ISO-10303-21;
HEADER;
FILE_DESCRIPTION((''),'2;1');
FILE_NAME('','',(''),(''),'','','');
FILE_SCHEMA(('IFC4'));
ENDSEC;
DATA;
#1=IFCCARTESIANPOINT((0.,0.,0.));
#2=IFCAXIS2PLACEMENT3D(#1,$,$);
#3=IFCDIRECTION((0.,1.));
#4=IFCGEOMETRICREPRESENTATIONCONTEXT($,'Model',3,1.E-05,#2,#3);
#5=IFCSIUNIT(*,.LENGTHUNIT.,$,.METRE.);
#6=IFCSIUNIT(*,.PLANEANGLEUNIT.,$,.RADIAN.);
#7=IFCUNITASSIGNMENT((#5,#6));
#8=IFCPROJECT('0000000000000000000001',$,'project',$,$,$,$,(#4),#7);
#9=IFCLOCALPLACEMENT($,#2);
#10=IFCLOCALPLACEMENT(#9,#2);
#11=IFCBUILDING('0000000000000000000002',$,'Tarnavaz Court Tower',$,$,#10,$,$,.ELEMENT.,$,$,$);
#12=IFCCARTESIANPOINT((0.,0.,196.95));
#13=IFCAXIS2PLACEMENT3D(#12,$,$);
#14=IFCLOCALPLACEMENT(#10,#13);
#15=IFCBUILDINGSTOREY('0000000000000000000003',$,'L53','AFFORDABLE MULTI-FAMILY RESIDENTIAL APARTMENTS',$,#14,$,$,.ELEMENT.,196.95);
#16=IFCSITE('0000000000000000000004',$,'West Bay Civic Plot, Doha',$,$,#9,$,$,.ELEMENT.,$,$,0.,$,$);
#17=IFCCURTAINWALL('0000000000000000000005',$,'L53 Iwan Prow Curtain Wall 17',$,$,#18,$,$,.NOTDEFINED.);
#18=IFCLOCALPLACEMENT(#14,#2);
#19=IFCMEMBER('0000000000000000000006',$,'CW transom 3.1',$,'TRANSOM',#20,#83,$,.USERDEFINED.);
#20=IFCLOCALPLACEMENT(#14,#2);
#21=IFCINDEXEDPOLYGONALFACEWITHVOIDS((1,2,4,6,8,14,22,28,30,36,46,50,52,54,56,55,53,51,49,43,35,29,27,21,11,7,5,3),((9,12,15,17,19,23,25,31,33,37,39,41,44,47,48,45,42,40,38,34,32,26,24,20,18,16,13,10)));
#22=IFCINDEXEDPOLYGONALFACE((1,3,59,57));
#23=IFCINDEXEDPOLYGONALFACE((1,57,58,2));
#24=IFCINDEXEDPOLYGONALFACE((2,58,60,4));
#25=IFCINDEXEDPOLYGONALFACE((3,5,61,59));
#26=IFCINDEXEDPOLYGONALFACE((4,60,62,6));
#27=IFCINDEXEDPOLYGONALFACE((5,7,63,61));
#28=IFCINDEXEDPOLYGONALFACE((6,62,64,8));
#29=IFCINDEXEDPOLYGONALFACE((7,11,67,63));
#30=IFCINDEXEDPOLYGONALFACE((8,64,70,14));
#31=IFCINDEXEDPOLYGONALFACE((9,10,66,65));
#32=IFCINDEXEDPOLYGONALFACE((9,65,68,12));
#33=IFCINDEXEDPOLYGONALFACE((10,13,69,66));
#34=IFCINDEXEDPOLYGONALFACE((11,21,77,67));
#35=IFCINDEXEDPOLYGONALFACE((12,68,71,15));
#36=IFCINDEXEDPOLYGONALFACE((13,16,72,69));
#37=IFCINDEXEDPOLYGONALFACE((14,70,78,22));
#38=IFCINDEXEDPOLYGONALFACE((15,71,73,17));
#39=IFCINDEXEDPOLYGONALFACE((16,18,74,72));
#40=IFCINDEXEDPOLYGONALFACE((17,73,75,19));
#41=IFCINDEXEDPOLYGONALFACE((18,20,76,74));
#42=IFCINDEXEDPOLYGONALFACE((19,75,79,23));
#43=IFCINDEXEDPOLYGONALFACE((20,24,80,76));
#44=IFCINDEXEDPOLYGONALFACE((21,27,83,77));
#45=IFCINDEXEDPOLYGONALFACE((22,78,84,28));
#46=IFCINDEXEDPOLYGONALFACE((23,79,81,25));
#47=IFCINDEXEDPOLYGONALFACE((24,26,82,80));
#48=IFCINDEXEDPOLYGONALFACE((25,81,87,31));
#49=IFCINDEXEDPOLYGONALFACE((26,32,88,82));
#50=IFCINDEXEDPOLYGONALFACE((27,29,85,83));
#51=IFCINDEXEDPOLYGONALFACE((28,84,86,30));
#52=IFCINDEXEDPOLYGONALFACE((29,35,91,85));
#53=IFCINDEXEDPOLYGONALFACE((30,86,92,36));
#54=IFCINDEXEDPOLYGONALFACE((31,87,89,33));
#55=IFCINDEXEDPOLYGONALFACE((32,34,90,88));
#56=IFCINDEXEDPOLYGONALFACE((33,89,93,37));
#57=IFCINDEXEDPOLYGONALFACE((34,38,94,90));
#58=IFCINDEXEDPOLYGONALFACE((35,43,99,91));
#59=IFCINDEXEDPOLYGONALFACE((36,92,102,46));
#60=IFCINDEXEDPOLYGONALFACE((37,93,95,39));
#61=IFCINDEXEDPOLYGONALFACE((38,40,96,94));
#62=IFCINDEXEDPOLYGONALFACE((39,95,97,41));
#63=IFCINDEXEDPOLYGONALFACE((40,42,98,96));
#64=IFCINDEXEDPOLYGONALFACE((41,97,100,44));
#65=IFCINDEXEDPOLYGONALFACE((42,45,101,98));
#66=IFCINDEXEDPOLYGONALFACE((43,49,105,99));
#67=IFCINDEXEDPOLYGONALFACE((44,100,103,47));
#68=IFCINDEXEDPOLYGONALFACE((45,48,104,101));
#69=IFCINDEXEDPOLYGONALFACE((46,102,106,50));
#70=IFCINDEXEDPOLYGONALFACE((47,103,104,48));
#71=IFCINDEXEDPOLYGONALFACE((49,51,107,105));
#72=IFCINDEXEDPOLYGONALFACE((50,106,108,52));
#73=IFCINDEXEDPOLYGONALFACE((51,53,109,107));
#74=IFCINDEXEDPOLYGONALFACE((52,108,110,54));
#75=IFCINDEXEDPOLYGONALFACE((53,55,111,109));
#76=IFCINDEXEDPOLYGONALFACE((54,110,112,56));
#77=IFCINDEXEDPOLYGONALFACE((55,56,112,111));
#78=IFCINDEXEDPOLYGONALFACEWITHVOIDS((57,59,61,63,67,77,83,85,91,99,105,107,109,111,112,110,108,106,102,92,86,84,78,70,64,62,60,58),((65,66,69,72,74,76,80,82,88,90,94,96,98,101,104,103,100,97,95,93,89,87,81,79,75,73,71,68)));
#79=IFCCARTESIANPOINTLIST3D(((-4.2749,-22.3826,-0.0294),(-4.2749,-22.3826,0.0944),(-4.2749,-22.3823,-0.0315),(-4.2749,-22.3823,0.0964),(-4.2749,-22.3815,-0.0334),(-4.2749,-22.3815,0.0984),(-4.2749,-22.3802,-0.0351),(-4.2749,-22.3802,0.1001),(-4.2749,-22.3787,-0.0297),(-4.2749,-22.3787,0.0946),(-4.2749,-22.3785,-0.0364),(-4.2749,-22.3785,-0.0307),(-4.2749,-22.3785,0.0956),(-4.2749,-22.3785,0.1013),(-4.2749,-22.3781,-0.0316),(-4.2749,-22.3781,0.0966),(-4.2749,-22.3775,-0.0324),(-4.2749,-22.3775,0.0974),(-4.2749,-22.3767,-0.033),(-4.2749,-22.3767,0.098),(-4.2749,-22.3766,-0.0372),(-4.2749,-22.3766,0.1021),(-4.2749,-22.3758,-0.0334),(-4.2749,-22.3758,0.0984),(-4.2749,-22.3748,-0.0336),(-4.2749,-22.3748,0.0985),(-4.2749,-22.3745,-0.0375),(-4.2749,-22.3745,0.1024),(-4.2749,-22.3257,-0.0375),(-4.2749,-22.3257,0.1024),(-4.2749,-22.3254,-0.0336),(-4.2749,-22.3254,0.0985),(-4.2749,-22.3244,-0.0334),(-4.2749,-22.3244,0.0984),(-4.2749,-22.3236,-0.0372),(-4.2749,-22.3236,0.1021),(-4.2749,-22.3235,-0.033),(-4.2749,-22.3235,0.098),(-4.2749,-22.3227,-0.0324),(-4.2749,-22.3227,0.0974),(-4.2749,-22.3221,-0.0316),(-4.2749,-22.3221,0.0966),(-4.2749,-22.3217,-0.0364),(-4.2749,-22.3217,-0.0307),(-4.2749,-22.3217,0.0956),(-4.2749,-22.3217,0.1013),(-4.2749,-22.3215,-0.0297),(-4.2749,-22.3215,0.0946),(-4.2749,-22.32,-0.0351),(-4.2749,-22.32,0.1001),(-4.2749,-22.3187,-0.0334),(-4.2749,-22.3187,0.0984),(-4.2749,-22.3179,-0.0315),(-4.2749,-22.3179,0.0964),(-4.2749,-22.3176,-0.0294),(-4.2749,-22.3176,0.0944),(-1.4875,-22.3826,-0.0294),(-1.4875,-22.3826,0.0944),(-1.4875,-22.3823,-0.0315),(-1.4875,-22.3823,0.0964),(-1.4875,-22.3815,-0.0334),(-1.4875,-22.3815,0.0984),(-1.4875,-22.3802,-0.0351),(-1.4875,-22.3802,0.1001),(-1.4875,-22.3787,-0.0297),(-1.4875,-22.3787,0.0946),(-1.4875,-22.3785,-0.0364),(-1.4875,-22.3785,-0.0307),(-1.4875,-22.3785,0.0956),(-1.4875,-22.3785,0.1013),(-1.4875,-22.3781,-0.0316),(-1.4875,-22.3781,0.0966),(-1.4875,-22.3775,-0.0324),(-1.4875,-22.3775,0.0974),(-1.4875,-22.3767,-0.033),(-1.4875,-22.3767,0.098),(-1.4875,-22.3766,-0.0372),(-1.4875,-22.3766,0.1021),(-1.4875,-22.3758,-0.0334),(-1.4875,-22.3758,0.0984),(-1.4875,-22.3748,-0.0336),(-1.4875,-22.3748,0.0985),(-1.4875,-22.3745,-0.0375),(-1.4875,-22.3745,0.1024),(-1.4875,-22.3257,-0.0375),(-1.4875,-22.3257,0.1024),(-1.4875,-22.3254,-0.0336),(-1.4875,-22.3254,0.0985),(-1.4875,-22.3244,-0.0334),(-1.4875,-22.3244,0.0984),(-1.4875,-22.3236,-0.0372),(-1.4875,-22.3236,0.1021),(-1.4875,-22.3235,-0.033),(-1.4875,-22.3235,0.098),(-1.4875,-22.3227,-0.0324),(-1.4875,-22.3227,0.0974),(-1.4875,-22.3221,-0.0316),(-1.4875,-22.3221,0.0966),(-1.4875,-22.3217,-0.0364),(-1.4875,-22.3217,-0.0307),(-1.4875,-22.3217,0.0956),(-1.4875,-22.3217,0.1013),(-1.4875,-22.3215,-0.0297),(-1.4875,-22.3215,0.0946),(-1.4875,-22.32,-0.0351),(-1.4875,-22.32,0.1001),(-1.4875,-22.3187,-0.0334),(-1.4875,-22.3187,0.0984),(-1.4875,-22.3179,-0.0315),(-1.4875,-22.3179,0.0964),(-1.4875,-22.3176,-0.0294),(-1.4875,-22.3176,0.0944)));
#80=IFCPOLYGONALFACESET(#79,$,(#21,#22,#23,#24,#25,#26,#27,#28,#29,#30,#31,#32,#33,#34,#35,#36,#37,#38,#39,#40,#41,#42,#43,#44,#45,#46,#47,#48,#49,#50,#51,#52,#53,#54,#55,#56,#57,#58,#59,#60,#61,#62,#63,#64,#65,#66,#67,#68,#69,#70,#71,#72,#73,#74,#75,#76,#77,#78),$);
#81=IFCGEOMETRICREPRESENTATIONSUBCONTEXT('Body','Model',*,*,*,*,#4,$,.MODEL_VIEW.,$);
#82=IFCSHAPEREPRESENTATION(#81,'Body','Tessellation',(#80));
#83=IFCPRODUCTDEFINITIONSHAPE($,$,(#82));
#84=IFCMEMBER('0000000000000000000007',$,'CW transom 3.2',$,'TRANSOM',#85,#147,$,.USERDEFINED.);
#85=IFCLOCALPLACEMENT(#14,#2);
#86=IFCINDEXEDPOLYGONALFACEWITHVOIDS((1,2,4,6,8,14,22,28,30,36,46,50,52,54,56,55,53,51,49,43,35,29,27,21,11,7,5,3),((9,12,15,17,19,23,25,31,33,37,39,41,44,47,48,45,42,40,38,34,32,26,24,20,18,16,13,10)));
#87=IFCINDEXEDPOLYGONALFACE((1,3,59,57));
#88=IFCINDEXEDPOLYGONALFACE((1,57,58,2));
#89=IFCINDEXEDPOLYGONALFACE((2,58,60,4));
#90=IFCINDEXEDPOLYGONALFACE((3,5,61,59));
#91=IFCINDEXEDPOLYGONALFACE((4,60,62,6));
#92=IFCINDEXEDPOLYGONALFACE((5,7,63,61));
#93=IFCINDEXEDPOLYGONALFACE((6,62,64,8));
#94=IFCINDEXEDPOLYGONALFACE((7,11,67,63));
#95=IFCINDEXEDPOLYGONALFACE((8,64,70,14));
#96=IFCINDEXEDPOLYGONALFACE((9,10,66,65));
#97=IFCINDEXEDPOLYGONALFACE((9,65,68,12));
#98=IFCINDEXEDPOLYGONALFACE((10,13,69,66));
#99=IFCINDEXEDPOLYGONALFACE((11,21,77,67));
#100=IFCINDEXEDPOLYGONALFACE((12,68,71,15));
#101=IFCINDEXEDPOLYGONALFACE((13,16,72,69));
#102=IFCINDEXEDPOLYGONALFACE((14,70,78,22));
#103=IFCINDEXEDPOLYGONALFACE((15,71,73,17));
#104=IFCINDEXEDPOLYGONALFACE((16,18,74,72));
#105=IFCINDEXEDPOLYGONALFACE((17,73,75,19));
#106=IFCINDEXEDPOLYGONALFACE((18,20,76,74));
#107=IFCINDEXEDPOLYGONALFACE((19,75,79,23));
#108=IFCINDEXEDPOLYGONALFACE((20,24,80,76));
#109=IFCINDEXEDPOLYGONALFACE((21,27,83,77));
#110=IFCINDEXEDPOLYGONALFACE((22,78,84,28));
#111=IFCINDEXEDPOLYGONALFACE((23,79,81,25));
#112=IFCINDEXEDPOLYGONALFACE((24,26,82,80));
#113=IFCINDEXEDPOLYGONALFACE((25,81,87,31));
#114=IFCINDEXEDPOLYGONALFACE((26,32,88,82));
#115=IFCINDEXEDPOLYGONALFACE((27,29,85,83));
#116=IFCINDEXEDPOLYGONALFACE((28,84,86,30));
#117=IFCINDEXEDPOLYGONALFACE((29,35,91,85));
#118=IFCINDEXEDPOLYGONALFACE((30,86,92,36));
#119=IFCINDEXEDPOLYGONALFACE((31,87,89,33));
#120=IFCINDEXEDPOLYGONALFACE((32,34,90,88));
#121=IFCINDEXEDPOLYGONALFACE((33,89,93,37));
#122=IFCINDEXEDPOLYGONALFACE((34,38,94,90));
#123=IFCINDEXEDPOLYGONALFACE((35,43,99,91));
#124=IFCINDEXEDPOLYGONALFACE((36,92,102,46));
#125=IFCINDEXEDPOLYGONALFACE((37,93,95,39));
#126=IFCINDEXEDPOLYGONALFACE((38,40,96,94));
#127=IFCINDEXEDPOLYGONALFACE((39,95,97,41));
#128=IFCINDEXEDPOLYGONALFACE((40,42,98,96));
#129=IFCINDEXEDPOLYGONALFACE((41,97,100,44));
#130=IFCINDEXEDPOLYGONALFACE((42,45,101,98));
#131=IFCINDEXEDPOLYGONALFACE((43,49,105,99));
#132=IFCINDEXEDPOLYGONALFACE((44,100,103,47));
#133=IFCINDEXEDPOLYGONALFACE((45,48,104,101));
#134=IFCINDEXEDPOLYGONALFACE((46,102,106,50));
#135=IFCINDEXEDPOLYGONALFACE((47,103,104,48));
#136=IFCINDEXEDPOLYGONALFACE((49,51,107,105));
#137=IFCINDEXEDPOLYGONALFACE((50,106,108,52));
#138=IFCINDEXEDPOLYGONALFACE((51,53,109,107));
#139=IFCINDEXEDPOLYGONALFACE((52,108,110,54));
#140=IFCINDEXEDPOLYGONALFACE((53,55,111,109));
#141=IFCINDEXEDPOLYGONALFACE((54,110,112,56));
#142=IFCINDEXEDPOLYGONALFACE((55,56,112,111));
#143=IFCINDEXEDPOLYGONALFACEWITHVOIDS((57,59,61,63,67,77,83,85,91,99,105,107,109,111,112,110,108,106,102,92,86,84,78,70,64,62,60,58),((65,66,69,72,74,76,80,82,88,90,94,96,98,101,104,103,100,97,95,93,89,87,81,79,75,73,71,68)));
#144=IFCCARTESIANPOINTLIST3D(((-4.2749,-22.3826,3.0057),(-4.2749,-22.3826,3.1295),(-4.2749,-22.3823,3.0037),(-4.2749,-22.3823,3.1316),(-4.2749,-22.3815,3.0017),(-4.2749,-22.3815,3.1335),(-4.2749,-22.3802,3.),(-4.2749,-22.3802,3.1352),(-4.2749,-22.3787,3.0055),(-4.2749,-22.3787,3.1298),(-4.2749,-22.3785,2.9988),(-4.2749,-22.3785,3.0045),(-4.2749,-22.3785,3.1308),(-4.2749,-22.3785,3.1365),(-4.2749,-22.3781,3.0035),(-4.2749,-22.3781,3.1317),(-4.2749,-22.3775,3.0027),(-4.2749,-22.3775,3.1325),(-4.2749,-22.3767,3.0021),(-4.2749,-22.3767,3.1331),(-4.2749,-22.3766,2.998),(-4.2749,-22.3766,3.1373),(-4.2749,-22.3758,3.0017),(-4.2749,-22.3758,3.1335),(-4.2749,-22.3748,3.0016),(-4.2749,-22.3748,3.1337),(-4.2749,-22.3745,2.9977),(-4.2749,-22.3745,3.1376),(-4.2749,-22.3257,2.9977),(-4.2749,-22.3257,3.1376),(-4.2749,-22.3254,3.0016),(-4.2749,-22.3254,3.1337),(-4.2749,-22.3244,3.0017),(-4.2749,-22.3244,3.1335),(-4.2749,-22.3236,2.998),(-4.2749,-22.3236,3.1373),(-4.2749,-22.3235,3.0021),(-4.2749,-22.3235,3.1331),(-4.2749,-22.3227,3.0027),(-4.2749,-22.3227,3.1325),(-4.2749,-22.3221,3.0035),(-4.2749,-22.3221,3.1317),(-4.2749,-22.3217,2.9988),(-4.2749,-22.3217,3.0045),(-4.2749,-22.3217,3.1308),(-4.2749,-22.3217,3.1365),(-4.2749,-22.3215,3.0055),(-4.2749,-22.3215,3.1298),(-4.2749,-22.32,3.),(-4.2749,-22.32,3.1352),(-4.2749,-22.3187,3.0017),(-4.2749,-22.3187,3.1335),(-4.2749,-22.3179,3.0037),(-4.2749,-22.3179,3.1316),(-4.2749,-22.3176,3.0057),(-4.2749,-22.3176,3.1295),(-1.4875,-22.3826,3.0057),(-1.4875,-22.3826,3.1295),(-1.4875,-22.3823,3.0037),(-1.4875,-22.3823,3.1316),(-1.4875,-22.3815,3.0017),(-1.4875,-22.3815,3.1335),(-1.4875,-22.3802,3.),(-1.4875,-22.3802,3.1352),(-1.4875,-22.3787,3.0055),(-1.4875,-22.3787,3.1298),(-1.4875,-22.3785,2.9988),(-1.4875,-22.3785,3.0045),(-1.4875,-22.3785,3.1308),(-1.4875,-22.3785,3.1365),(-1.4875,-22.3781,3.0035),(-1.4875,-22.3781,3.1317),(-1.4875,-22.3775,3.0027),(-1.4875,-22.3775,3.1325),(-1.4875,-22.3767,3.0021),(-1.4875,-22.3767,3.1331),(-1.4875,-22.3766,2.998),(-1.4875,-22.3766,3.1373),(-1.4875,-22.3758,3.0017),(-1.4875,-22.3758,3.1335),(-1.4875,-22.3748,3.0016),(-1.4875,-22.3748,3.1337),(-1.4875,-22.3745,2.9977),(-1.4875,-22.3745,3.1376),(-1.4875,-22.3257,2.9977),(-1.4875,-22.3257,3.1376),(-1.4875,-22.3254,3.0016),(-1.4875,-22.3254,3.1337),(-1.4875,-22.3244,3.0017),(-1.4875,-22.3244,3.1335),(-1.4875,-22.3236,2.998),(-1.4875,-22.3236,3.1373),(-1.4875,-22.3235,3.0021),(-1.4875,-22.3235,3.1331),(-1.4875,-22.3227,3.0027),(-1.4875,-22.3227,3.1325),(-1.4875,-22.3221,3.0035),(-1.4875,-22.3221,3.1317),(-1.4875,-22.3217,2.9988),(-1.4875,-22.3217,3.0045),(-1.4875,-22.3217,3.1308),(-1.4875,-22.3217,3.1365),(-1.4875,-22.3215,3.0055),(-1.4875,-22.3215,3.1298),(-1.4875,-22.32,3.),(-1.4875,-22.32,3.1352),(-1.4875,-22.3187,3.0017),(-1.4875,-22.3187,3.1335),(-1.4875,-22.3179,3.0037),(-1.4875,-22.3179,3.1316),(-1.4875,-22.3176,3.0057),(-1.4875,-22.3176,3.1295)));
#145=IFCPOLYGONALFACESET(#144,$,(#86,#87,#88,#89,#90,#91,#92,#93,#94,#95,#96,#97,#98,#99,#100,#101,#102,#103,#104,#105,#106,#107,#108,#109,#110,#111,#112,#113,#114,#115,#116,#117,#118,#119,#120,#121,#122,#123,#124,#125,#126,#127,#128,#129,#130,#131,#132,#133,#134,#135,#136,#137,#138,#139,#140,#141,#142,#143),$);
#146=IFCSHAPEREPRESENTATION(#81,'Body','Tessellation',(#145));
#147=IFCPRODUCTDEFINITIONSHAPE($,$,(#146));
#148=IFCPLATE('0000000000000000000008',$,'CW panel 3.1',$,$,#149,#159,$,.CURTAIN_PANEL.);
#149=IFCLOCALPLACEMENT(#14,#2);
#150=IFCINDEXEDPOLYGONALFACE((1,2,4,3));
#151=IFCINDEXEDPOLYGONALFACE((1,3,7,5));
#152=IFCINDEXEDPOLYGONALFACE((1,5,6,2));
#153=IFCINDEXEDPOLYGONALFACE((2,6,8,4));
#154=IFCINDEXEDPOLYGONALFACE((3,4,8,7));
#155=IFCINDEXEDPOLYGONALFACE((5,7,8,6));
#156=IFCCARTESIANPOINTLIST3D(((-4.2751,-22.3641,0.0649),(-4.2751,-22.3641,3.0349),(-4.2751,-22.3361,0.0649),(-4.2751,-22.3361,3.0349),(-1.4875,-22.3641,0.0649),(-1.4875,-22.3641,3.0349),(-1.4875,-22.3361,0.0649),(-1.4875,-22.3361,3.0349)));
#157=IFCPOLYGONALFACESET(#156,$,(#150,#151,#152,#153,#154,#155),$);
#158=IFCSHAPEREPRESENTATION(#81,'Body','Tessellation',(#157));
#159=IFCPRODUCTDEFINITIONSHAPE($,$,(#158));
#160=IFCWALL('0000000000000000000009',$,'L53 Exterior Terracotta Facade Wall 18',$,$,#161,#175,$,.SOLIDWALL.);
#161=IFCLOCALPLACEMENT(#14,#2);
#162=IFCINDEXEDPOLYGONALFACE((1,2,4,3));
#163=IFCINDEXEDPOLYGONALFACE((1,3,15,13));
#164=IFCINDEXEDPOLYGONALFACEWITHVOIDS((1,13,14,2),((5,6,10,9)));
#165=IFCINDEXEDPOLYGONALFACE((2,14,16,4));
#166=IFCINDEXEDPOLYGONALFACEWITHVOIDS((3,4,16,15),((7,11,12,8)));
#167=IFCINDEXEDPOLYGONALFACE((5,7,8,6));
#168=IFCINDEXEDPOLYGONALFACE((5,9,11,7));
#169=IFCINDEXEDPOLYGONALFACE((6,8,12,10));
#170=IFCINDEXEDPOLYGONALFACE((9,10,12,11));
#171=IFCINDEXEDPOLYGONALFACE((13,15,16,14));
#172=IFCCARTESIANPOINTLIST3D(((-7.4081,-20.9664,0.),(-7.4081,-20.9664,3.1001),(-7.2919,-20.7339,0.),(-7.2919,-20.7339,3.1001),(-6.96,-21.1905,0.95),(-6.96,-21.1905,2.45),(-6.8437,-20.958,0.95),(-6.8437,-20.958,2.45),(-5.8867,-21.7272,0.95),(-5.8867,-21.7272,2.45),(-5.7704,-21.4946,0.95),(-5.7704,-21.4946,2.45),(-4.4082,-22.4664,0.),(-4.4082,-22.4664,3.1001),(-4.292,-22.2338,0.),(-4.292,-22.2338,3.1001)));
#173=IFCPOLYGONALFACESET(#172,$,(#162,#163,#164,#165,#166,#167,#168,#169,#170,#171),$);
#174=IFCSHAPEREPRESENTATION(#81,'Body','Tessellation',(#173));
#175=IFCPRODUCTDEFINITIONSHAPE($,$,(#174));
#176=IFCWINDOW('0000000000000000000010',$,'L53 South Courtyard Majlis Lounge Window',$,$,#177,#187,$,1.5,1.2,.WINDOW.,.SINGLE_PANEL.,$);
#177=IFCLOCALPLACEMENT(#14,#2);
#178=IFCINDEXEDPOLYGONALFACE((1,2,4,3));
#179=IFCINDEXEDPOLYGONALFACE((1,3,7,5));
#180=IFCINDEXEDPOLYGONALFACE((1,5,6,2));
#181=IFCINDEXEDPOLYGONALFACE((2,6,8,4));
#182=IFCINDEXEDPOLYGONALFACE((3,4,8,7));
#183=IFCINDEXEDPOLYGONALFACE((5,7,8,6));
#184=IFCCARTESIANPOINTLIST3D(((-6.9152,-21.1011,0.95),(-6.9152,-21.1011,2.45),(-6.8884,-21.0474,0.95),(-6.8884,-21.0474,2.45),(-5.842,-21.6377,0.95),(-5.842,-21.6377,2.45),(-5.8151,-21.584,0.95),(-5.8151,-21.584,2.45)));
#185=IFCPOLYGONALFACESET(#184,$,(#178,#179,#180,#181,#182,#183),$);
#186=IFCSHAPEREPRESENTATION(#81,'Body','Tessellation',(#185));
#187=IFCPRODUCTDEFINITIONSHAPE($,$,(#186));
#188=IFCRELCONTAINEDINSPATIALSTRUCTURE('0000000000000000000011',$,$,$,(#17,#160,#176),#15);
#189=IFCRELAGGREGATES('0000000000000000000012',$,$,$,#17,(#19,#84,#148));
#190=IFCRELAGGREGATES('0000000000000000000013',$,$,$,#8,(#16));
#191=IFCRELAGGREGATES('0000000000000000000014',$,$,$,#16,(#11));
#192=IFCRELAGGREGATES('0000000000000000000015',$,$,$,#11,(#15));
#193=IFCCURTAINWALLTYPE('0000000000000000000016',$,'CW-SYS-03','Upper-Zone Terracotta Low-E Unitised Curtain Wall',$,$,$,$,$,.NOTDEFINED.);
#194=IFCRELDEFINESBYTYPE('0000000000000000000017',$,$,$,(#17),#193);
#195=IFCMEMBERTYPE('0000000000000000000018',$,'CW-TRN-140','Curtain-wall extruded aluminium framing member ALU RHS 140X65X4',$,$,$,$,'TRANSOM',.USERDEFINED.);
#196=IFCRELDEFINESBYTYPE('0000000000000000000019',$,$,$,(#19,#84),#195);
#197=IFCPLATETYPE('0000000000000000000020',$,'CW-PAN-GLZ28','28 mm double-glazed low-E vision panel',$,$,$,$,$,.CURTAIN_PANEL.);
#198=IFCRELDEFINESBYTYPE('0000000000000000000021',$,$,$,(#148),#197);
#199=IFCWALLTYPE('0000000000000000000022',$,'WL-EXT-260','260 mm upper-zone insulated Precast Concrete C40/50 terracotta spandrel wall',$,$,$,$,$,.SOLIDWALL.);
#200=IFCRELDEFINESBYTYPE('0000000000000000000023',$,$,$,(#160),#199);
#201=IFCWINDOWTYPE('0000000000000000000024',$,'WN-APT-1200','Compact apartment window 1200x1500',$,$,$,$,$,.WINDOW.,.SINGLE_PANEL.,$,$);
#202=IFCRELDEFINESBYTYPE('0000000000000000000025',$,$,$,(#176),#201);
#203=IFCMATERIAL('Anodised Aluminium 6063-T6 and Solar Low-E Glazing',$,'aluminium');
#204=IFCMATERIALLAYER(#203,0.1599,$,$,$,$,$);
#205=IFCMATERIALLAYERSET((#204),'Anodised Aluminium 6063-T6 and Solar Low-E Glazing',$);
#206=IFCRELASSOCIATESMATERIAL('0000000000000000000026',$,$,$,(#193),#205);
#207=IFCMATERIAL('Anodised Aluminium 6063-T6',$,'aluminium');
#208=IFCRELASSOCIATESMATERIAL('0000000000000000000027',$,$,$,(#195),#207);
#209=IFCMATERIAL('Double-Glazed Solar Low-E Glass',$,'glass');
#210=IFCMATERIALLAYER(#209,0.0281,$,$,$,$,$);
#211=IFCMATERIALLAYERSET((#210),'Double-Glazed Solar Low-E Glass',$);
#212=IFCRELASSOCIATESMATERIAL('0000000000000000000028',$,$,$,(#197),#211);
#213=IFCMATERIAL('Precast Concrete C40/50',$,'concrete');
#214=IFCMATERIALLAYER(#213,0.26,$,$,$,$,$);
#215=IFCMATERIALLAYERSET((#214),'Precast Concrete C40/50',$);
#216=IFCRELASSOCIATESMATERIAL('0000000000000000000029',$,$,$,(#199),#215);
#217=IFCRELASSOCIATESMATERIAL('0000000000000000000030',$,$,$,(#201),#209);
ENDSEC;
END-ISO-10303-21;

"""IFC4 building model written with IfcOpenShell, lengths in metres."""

from ifc_helpers import new_model, si_unit, direction, frame, frame_2d, origin, origin_2d, place, context, subcontext, project, spatial, rectangle, hollow_rectangle, extrude, material, layer, layer_set, material_profile, profile_set, type_object, element, fill, aggregate, save


model = new_model("IFC4")

# Units and contexts
model_context = context("Model", 3, precision=1e-05, world=origin(), true_north=direction((0.0, 1.0)))
body_context = subcontext(model_context, "Body", "Model", "MODEL_VIEW")
ifc_project = project(units=[si_unit("LENGTHUNIT", "METRE"), si_unit("PLANEANGLEUNIT", "RADIAN")], contexts=[model_context])

# Site, building, storey
site_placement = place(None, origin())
site = spatial("IfcSite", under=ifc_project, at=site_placement, Name="West Bay Civic Plot, Doha", CompositionType="ELEMENT", RefElevation=0.0)
building_placement = place(site_placement, origin())
building = spatial("IfcBuilding", under=site, at=building_placement, Name="Tarnavaz Court Tower", CompositionType="ELEMENT")
storey_placement = place(building_placement, frame((0.0, 0.0, 196.95)))
storey = spatial("IfcBuildingStorey", under=building, at=storey_placement, Name="L53", Description="AFFORDABLE MULTI-FAMILY RESIDENTIAL APARTMENTS", CompositionType="ELEMENT", Elevation=196.95)

# Curtain wall, members, plate
ifc_material_1 = material(Name="Anodised Aluminium 6063-T6 and Solar Low-E Glazing", Category="aluminium")
ifc_layer_1 = layer(ifc_material_1, 0.1599)
ifc_layer_set_1 = layer_set([ifc_layer_1], Name="Anodised Aluminium 6063-T6 and Solar Low-E Glazing")
curtain_wall_type = type_object("IfcCurtainWallType", Name="CW-SYS-03", Description="Upper-Zone Terracotta Low-E Unitised Curtain Wall", PredefinedType="NOTDEFINED", material=ifc_layer_set_1)
curtain_wall_placement = place(storey_placement, origin())
curtain_wall = element("IfcCurtainWall", 1, at=curtain_wall_placement, inside=storey, type_object=curtain_wall_type, Name="L53 Iwan Prow Curtain Wall 17", PredefinedType="NOTDEFINED")
ifc_material_2 = material(Name="Anodised Aluminium 6063-T6", Category="aluminium")
ifc_material_profile_1 = material_profile(ifc_material_2, hollow_rectangle(XDim=0.0649, YDim=0.1399, WallThickness=0.0039, InnerFilletRadius=0.0039, OuterFilletRadius=0.0081, at=origin_2d()), Name="ALU RHS 140X65X4")
ifc_profile_set_1 = profile_set([ifc_material_profile_1], Name="Anodised Aluminium 6063-T6")
member_type_1 = type_object("IfcMemberType", Name="CW-TRN-140", Description="Curtain-wall extruded aluminium framing member ALU RHS 140X65X4", ElementType="TRANSOM", PredefinedType="USERDEFINED", material=ifc_profile_set_1)
member_1_placement = place(storey_placement, frame((-1.4875, -22.3501, 0.0325), z_axis=(-1.0, 0.0, 0.0), x_axis=(0.0, -1.0, 0.0)))
member_1 = element("IfcMember", 2, at=member_1_placement, type_object=member_type_1, Name="CW transom 3.1", ObjectType="TRANSOM", PredefinedType="USERDEFINED", context=body_context, shape_type="SweptSolid", body=[
    extrude(hollow_rectangle(XDim=0.0649, YDim=0.1399, WallThickness=0.0039, InnerFilletRadius=0.0039, OuterFilletRadius=0.0081, at=origin_2d()), origin(), (0.0, 0.0, 1.0), 2.7874),
])
member_2_placement = place(storey_placement, frame((-1.4875, -22.3501, 3.0676), z_axis=(-1.0, 0.0, 0.0), x_axis=(0.0, -1.0, 0.0)))
member_2 = element("IfcMember", 3, at=member_2_placement, type_object=member_type_1, Name="CW transom 3.2", ObjectType="TRANSOM", PredefinedType="USERDEFINED", context=body_context, shape_type="SweptSolid", body=[
    extrude(hollow_rectangle(XDim=0.0649, YDim=0.1399, WallThickness=0.0039, InnerFilletRadius=0.0039, OuterFilletRadius=0.0081, at=origin_2d()), origin(), (0.0, 0.0, 1.0), 2.7874),
])
ifc_material_3 = material(Name="Double-Glazed Solar Low-E Glass", Category="glass")
ifc_layer_2 = layer(ifc_material_3, 0.0281)
ifc_layer_set_2 = layer_set([ifc_layer_2], Name="Double-Glazed Solar Low-E Glass")
plate_type = type_object("IfcPlateType", Name="CW-PAN-GLZ28", Description="28 mm double-glazed low-E vision panel", PredefinedType="CURTAIN_PANEL", material=ifc_layer_set_2)
plate_placement = place(storey_placement, frame((-2.8813, -22.3501, 0.0649), z_axis=(0.0, 0.0, 1.0), x_axis=(-1.0, 0.0, 0.0)))
plate = element("IfcPlate", 4, at=plate_placement, type_object=plate_type, Name="CW panel 3.1", PredefinedType="CURTAIN_PANEL", context=body_context, shape_type="SweptSolid", body=[
    extrude(rectangle(XDim=2.7876, YDim=0.0281, at=origin_2d()), origin(), (0.0, 0.0, 1.0), 2.97),
])
aggregate(curtain_wall, [member_1, member_2, plate])

# Wall, opening, window
ifc_material_4 = material(Name="Precast Concrete C40/50", Category="concrete")
ifc_layer_3 = layer(ifc_material_4, 0.26)
ifc_layer_set_3 = layer_set([ifc_layer_3], Name="Precast Concrete C40/50")
wall_type_1 = type_object("IfcWallType", Name="WL-EXT-260", Description="260 mm upper-zone insulated Precast Concrete C40/50 terracotta spandrel wall", PredefinedType="SOLIDWALL", material=ifc_layer_set_3)
wall_1_placement = place(storey_placement, frame((-4.3501, -22.3501, 0.0), z_axis=(0.0, 0.0, 1.0), x_axis=(-0.894427, 0.447214, 0.0)))
wall_1 = element("IfcWall", 5, at=wall_1_placement, inside=storey, type_object=wall_type_1, Name="L53 Exterior Terracotta Facade Wall 18", PredefinedType="SOLIDWALL", context=body_context, shape_type="SweptSolid", body=[
    extrude(rectangle(XDim=3.354, YDim=0.26, at=frame_2d((1.677, 0.0))), origin(), (0.0, 0.0, 1.0), 3.1001),
])
opening_1_placement = place(wall_1_placement, frame((1.6528, 0.0, 0.95)))
opening_1 = element("IfcOpeningElement", 6, at=opening_1_placement, cuts=wall_1, PredefinedType="OPENING", context=body_context, shape_type="SweptSolid", body=[
    extrude(rectangle(XDim=1.2, YDim=1.5, at=frame_2d((0.6001, 0.75))), frame((0.0, 0.1399, 0.0), z_axis=(0.0, -1.0, 0.0), x_axis=(1.0, 0.0, 0.0)), (0.0, 0.0, 1.0), 0.28),
])
window_type_1 = type_object("IfcWindowType", Name="WN-APT-1200", Description="Compact apartment window 1200x1500", PartitioningType="SINGLE_PANEL", PredefinedType="WINDOW", material=ifc_material_3)
window_1_placement = place(opening_1_placement, origin())
window_1 = element("IfcWindow", 7, at=window_1_placement, inside=storey, type_object=window_type_1, Name="L53 South Courtyard Majlis Lounge Window", OverallHeight=1.5, OverallWidth=1.2, PartitioningType="SINGLE_PANEL", PredefinedType="WINDOW", context=body_context, shape_type="SweptSolid", body=[
    extrude(rectangle(XDim=1.2, YDim=1.5, at=frame_2d((0.6001, 0.75))), frame((0.0, 0.03, 0.0), z_axis=(0.0, -1.0, 0.0), x_axis=(1.0, 0.0, 0.0)), (0.0, 0.0, 1.0), 0.0601),
])
fill(opening_1, window_1)

save(model, "model.ifc")
